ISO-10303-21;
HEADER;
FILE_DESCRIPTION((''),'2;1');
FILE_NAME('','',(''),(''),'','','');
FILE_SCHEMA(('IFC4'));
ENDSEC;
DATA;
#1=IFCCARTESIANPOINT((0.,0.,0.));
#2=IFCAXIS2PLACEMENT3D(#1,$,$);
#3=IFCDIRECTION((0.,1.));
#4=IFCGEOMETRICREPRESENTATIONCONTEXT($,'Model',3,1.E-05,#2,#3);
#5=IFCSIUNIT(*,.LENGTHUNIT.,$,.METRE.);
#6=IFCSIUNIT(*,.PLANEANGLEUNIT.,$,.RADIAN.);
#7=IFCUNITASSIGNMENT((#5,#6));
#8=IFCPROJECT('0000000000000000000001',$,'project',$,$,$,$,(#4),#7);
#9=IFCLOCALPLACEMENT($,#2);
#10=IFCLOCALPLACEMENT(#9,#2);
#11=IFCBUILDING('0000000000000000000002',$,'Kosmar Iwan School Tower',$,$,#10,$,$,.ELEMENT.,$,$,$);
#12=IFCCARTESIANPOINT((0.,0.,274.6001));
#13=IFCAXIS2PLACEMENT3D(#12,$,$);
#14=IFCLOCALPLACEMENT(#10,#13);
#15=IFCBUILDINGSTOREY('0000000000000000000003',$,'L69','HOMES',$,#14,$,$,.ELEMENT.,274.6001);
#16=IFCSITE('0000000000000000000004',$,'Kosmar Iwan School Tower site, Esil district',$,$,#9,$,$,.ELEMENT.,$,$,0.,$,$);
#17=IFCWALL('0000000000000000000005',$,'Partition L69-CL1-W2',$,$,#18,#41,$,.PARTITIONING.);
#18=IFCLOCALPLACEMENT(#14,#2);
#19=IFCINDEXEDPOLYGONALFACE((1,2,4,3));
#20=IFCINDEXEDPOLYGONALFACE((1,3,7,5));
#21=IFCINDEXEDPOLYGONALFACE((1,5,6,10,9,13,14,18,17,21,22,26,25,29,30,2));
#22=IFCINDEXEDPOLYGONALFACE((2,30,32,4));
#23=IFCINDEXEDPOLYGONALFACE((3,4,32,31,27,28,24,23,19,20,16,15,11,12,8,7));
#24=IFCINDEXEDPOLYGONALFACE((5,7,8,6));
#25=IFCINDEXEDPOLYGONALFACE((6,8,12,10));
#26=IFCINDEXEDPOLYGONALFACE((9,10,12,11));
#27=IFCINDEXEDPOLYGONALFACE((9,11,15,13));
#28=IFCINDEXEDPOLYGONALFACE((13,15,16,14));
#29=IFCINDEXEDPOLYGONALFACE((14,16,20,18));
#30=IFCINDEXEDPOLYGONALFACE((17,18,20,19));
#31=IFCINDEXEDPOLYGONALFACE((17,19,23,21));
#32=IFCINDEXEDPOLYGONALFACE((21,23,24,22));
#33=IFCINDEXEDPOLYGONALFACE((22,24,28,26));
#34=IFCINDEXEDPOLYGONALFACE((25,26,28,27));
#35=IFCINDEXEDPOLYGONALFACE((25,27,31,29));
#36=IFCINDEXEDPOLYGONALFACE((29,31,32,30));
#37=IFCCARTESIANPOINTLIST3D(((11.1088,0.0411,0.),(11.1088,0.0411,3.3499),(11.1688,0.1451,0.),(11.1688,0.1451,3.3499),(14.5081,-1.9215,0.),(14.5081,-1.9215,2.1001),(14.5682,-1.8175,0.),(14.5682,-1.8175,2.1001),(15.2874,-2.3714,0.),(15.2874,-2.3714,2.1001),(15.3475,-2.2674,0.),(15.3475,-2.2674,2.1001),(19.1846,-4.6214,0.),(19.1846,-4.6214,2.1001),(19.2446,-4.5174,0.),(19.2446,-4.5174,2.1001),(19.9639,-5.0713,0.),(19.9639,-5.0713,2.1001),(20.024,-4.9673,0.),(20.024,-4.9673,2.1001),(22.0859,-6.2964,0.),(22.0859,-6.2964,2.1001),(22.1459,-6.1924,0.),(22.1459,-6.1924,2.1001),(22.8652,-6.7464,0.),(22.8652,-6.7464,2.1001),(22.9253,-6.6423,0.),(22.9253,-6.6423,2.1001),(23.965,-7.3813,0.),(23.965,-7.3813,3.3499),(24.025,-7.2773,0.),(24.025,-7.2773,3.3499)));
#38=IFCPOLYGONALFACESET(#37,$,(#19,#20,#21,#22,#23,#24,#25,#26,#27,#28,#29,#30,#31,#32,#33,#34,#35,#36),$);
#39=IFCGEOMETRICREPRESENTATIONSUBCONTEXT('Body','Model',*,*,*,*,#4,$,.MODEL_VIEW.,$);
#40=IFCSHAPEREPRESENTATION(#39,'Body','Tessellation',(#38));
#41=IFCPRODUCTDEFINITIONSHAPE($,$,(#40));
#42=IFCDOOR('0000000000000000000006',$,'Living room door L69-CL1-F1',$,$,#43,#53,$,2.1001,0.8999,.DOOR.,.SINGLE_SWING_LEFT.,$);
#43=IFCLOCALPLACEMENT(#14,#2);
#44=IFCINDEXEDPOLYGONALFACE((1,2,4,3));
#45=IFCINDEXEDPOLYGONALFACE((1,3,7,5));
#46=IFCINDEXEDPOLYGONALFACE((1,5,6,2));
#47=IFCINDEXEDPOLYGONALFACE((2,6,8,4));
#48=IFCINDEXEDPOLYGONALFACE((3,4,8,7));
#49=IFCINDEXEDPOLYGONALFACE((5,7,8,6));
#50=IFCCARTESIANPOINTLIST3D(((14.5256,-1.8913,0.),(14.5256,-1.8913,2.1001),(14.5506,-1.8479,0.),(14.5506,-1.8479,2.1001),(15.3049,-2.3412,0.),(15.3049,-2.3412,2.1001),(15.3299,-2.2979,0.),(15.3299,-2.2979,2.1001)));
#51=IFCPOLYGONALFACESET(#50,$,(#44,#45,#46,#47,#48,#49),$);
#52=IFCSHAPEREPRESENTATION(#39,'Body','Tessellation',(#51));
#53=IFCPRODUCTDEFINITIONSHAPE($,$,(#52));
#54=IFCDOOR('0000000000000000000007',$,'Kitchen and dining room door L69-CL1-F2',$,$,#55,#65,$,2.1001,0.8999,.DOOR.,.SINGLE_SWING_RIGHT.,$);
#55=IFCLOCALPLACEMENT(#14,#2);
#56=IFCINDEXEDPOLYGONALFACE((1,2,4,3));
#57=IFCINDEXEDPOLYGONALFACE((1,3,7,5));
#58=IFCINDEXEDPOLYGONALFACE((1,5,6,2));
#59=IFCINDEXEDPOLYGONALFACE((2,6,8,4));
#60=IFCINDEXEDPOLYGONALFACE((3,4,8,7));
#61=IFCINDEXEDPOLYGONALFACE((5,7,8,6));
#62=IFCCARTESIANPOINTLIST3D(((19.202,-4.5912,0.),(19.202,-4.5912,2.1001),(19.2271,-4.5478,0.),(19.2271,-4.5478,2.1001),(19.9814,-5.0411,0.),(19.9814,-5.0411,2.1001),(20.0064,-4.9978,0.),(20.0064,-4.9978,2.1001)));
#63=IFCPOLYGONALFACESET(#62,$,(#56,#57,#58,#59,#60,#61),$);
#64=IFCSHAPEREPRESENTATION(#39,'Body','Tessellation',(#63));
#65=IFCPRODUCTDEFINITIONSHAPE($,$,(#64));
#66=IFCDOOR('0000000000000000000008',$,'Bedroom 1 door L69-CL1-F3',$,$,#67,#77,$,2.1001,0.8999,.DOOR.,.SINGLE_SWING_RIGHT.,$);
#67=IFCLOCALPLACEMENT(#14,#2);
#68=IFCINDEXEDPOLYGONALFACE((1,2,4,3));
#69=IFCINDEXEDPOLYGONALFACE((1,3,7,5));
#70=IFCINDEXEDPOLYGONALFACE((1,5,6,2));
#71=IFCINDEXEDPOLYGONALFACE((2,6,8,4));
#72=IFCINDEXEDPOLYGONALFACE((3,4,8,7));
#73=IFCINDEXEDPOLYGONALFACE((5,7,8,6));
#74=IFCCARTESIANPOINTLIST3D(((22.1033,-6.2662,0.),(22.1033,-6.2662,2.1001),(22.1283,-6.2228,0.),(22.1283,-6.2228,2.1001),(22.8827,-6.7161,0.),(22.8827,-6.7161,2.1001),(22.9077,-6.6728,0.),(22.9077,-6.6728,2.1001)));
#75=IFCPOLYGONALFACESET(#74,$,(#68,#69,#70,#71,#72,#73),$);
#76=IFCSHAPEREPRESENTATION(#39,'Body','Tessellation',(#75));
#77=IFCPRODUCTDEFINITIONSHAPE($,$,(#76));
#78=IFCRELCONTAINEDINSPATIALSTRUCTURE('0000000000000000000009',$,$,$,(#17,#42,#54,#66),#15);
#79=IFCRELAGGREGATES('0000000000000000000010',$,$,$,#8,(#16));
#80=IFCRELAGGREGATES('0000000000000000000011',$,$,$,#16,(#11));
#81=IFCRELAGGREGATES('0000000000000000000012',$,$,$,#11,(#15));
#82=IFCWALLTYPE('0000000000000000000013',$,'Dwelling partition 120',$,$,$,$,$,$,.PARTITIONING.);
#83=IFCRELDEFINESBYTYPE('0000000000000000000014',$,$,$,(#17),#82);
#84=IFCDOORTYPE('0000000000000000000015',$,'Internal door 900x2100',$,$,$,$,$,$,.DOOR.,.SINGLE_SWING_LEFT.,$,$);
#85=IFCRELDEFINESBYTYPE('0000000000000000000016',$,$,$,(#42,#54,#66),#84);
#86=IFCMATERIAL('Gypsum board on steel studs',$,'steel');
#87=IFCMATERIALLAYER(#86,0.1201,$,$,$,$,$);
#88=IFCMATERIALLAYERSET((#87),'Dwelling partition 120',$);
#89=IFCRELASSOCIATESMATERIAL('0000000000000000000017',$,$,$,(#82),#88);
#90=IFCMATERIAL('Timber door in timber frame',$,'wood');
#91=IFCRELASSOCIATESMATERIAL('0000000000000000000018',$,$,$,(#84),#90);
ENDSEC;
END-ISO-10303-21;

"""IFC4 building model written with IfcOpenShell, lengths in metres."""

from ifc_helpers import new_model, si_unit, direction, frame, frame_2d, origin, place, context, subcontext, project, spatial, rectangle, extrude, material, layer, layer_set, type_object, element, fill, save


model = new_model("IFC4")

# Units and contexts
model_context = context("Model", 3, precision=1e-05, world=origin(), true_north=direction((0.0, 1.0)))
body_context = subcontext(model_context, "Body", "Model", "MODEL_VIEW")
ifc_project = project(units=[si_unit("LENGTHUNIT", "METRE"), si_unit("PLANEANGLEUNIT", "RADIAN")], contexts=[model_context])

# Site, building, storey
site_placement = place(None, origin())
site = spatial("IfcSite", under=ifc_project, at=site_placement, Name="Kosmar Iwan School Tower site, Esil district", CompositionType="ELEMENT", RefElevation=0.0)
building_placement = place(site_placement, origin())
building = spatial("IfcBuilding", under=site, at=building_placement, Name="Kosmar Iwan School Tower", CompositionType="ELEMENT")
storey_placement = place(building_placement, frame((0.0, 0.0, 274.6001)))
storey = spatial("IfcBuildingStorey", under=building, at=storey_placement, Name="L69", Description="HOMES", CompositionType="ELEMENT", Elevation=274.6001)

# Wall, openings, doors
ifc_material_1 = material(Name="Gypsum board on steel studs", Category="steel")
ifc_layer_1 = layer(ifc_material_1, 0.1201)
ifc_layer_set_1 = layer_set([ifc_layer_1], Name="Dwelling partition 120")
wall_type_1 = type_object("IfcWallType", Name="Dwelling partition 120", PredefinedType="PARTITIONING", material=ifc_layer_set_1)
wall_1_placement = place(storey_placement, frame((11.1389, 0.093, 0.0), z_axis=(0.0, 0.0, 1.0), x_axis=(0.86603, -0.499992, 0.0)))
wall_1 = element("IfcWall", 1, at=wall_1_placement, inside=storey, type_object=wall_type_1, Name="Partition L69-CL1-W2", PredefinedType="PARTITIONING", context=body_context, shape_type="SweptSolid", body=[
    extrude(rectangle(XDim=14.845, YDim=0.1201, at=frame_2d((7.4224, 0.0))), origin(), (0.0, 0.0, 1.0), 3.3499),
])
opening_1_placement = place(wall_1_placement, frame((3.925, 0.0, 0.0)))
opening_1 = element("IfcOpeningElement", 2, at=opening_1_placement, cuts=wall_1, PredefinedType="OPENING", context=body_context, shape_type="SweptSolid", body=[
    extrude(rectangle(XDim=0.8999, YDim=2.1001, at=frame_2d((0.45, 1.05))), frame((0.0, 0.072, 0.0), z_axis=(0.0, -1.0, 0.0), x_axis=(1.0, 0.0, 0.0)), (0.0, 0.0, 1.0), 0.144),
])
opening_2_placement = place(wall_1_placement, frame((9.325, 0.0, 0.0)))
opening_2 = element("IfcOpeningElement", 3, at=opening_2_placement, cuts=wall_1, PredefinedType="OPENING", context=body_context, shape_type="SweptSolid", body=[
    extrude(rectangle(XDim=0.8999, YDim=2.1001, at=frame_2d((0.45, 1.05))), frame((0.0, 0.072, 0.0), z_axis=(0.0, -1.0, 0.0), x_axis=(1.0, 0.0, 0.0)), (0.0, 0.0, 1.0), 0.144),
])
opening_3_placement = place(wall_1_placement, frame((12.675, 0.0, 0.0)))
opening_3 = element("IfcOpeningElement", 4, at=opening_3_placement, cuts=wall_1, PredefinedType="OPENING", context=body_context, shape_type="SweptSolid", body=[
    extrude(rectangle(XDim=0.8999, YDim=2.1001, at=frame_2d((0.45, 1.05))), frame((0.0, 0.072, 0.0), z_axis=(0.0, -1.0, 0.0), x_axis=(1.0, 0.0, 0.0)), (0.0, 0.0, 1.0), 0.144),
])
ifc_material_2 = material(Name="Timber door in timber frame", Category="wood")
door_type = type_object("IfcDoorType", Name="Internal door 900x2100", OperationType="SINGLE_SWING_LEFT", PredefinedType="DOOR", material=ifc_material_2)
door_1_placement = place(opening_1_placement, origin())
door_1 = element("IfcDoor", 5, at=door_1_placement, inside=storey, type_object=door_type, Name="Living room door L69-CL1-F1", OperationType="SINGLE_SWING_LEFT", OverallHeight=2.1001, OverallWidth=0.8999, PredefinedType="DOOR", context=body_context, shape_type="SweptSolid", body=[
    extrude(rectangle(XDim=0.8999, YDim=2.1001, at=frame_2d((0.45, 1.05))), frame((0.0, 0.0249, 0.0), z_axis=(0.0, -1.0, 0.0), x_axis=(1.0, 0.0, 0.0)), (0.0, 0.0, 1.0), 0.05),
])
fill(opening_1, door_1)
door_2_placement = place(opening_2_placement, origin())
door_2 = element("IfcDoor", 6, at=door_2_placement, inside=storey, type_object=door_type, Name="Kitchen and dining room door L69-CL1-F2", OperationType="SINGLE_SWING_RIGHT", OverallHeight=2.1001, OverallWidth=0.8999, PredefinedType="DOOR", context=body_context, shape_type="SweptSolid", body=[
    extrude(rectangle(XDim=0.8999, YDim=2.1001, at=frame_2d((0.45, 1.05))), frame((0.0, 0.0249, 0.0), z_axis=(0.0, -1.0, 0.0), x_axis=(1.0, 0.0, 0.0)), (0.0, 0.0, 1.0), 0.05),
])
fill(opening_2, door_2)
door_3_placement = place(opening_3_placement, origin())
door_3 = element("IfcDoor", 7, at=door_3_placement, inside=storey, type_object=door_type, Name="Bedroom 1 door L69-CL1-F3", OperationType="SINGLE_SWING_RIGHT", OverallHeight=2.1001, OverallWidth=0.8999, PredefinedType="DOOR", context=body_context, shape_type="SweptSolid", body=[
    extrude(rectangle(XDim=0.8999, YDim=2.1001, at=frame_2d((0.45, 1.05))), frame((0.0, 0.0249, 0.0), z_axis=(0.0, -1.0, 0.0), x_axis=(1.0, 0.0, 0.0)), (0.0, 0.0, 1.0), 0.05),
])
fill(opening_3, door_3)

save(model, "model.ifc")
